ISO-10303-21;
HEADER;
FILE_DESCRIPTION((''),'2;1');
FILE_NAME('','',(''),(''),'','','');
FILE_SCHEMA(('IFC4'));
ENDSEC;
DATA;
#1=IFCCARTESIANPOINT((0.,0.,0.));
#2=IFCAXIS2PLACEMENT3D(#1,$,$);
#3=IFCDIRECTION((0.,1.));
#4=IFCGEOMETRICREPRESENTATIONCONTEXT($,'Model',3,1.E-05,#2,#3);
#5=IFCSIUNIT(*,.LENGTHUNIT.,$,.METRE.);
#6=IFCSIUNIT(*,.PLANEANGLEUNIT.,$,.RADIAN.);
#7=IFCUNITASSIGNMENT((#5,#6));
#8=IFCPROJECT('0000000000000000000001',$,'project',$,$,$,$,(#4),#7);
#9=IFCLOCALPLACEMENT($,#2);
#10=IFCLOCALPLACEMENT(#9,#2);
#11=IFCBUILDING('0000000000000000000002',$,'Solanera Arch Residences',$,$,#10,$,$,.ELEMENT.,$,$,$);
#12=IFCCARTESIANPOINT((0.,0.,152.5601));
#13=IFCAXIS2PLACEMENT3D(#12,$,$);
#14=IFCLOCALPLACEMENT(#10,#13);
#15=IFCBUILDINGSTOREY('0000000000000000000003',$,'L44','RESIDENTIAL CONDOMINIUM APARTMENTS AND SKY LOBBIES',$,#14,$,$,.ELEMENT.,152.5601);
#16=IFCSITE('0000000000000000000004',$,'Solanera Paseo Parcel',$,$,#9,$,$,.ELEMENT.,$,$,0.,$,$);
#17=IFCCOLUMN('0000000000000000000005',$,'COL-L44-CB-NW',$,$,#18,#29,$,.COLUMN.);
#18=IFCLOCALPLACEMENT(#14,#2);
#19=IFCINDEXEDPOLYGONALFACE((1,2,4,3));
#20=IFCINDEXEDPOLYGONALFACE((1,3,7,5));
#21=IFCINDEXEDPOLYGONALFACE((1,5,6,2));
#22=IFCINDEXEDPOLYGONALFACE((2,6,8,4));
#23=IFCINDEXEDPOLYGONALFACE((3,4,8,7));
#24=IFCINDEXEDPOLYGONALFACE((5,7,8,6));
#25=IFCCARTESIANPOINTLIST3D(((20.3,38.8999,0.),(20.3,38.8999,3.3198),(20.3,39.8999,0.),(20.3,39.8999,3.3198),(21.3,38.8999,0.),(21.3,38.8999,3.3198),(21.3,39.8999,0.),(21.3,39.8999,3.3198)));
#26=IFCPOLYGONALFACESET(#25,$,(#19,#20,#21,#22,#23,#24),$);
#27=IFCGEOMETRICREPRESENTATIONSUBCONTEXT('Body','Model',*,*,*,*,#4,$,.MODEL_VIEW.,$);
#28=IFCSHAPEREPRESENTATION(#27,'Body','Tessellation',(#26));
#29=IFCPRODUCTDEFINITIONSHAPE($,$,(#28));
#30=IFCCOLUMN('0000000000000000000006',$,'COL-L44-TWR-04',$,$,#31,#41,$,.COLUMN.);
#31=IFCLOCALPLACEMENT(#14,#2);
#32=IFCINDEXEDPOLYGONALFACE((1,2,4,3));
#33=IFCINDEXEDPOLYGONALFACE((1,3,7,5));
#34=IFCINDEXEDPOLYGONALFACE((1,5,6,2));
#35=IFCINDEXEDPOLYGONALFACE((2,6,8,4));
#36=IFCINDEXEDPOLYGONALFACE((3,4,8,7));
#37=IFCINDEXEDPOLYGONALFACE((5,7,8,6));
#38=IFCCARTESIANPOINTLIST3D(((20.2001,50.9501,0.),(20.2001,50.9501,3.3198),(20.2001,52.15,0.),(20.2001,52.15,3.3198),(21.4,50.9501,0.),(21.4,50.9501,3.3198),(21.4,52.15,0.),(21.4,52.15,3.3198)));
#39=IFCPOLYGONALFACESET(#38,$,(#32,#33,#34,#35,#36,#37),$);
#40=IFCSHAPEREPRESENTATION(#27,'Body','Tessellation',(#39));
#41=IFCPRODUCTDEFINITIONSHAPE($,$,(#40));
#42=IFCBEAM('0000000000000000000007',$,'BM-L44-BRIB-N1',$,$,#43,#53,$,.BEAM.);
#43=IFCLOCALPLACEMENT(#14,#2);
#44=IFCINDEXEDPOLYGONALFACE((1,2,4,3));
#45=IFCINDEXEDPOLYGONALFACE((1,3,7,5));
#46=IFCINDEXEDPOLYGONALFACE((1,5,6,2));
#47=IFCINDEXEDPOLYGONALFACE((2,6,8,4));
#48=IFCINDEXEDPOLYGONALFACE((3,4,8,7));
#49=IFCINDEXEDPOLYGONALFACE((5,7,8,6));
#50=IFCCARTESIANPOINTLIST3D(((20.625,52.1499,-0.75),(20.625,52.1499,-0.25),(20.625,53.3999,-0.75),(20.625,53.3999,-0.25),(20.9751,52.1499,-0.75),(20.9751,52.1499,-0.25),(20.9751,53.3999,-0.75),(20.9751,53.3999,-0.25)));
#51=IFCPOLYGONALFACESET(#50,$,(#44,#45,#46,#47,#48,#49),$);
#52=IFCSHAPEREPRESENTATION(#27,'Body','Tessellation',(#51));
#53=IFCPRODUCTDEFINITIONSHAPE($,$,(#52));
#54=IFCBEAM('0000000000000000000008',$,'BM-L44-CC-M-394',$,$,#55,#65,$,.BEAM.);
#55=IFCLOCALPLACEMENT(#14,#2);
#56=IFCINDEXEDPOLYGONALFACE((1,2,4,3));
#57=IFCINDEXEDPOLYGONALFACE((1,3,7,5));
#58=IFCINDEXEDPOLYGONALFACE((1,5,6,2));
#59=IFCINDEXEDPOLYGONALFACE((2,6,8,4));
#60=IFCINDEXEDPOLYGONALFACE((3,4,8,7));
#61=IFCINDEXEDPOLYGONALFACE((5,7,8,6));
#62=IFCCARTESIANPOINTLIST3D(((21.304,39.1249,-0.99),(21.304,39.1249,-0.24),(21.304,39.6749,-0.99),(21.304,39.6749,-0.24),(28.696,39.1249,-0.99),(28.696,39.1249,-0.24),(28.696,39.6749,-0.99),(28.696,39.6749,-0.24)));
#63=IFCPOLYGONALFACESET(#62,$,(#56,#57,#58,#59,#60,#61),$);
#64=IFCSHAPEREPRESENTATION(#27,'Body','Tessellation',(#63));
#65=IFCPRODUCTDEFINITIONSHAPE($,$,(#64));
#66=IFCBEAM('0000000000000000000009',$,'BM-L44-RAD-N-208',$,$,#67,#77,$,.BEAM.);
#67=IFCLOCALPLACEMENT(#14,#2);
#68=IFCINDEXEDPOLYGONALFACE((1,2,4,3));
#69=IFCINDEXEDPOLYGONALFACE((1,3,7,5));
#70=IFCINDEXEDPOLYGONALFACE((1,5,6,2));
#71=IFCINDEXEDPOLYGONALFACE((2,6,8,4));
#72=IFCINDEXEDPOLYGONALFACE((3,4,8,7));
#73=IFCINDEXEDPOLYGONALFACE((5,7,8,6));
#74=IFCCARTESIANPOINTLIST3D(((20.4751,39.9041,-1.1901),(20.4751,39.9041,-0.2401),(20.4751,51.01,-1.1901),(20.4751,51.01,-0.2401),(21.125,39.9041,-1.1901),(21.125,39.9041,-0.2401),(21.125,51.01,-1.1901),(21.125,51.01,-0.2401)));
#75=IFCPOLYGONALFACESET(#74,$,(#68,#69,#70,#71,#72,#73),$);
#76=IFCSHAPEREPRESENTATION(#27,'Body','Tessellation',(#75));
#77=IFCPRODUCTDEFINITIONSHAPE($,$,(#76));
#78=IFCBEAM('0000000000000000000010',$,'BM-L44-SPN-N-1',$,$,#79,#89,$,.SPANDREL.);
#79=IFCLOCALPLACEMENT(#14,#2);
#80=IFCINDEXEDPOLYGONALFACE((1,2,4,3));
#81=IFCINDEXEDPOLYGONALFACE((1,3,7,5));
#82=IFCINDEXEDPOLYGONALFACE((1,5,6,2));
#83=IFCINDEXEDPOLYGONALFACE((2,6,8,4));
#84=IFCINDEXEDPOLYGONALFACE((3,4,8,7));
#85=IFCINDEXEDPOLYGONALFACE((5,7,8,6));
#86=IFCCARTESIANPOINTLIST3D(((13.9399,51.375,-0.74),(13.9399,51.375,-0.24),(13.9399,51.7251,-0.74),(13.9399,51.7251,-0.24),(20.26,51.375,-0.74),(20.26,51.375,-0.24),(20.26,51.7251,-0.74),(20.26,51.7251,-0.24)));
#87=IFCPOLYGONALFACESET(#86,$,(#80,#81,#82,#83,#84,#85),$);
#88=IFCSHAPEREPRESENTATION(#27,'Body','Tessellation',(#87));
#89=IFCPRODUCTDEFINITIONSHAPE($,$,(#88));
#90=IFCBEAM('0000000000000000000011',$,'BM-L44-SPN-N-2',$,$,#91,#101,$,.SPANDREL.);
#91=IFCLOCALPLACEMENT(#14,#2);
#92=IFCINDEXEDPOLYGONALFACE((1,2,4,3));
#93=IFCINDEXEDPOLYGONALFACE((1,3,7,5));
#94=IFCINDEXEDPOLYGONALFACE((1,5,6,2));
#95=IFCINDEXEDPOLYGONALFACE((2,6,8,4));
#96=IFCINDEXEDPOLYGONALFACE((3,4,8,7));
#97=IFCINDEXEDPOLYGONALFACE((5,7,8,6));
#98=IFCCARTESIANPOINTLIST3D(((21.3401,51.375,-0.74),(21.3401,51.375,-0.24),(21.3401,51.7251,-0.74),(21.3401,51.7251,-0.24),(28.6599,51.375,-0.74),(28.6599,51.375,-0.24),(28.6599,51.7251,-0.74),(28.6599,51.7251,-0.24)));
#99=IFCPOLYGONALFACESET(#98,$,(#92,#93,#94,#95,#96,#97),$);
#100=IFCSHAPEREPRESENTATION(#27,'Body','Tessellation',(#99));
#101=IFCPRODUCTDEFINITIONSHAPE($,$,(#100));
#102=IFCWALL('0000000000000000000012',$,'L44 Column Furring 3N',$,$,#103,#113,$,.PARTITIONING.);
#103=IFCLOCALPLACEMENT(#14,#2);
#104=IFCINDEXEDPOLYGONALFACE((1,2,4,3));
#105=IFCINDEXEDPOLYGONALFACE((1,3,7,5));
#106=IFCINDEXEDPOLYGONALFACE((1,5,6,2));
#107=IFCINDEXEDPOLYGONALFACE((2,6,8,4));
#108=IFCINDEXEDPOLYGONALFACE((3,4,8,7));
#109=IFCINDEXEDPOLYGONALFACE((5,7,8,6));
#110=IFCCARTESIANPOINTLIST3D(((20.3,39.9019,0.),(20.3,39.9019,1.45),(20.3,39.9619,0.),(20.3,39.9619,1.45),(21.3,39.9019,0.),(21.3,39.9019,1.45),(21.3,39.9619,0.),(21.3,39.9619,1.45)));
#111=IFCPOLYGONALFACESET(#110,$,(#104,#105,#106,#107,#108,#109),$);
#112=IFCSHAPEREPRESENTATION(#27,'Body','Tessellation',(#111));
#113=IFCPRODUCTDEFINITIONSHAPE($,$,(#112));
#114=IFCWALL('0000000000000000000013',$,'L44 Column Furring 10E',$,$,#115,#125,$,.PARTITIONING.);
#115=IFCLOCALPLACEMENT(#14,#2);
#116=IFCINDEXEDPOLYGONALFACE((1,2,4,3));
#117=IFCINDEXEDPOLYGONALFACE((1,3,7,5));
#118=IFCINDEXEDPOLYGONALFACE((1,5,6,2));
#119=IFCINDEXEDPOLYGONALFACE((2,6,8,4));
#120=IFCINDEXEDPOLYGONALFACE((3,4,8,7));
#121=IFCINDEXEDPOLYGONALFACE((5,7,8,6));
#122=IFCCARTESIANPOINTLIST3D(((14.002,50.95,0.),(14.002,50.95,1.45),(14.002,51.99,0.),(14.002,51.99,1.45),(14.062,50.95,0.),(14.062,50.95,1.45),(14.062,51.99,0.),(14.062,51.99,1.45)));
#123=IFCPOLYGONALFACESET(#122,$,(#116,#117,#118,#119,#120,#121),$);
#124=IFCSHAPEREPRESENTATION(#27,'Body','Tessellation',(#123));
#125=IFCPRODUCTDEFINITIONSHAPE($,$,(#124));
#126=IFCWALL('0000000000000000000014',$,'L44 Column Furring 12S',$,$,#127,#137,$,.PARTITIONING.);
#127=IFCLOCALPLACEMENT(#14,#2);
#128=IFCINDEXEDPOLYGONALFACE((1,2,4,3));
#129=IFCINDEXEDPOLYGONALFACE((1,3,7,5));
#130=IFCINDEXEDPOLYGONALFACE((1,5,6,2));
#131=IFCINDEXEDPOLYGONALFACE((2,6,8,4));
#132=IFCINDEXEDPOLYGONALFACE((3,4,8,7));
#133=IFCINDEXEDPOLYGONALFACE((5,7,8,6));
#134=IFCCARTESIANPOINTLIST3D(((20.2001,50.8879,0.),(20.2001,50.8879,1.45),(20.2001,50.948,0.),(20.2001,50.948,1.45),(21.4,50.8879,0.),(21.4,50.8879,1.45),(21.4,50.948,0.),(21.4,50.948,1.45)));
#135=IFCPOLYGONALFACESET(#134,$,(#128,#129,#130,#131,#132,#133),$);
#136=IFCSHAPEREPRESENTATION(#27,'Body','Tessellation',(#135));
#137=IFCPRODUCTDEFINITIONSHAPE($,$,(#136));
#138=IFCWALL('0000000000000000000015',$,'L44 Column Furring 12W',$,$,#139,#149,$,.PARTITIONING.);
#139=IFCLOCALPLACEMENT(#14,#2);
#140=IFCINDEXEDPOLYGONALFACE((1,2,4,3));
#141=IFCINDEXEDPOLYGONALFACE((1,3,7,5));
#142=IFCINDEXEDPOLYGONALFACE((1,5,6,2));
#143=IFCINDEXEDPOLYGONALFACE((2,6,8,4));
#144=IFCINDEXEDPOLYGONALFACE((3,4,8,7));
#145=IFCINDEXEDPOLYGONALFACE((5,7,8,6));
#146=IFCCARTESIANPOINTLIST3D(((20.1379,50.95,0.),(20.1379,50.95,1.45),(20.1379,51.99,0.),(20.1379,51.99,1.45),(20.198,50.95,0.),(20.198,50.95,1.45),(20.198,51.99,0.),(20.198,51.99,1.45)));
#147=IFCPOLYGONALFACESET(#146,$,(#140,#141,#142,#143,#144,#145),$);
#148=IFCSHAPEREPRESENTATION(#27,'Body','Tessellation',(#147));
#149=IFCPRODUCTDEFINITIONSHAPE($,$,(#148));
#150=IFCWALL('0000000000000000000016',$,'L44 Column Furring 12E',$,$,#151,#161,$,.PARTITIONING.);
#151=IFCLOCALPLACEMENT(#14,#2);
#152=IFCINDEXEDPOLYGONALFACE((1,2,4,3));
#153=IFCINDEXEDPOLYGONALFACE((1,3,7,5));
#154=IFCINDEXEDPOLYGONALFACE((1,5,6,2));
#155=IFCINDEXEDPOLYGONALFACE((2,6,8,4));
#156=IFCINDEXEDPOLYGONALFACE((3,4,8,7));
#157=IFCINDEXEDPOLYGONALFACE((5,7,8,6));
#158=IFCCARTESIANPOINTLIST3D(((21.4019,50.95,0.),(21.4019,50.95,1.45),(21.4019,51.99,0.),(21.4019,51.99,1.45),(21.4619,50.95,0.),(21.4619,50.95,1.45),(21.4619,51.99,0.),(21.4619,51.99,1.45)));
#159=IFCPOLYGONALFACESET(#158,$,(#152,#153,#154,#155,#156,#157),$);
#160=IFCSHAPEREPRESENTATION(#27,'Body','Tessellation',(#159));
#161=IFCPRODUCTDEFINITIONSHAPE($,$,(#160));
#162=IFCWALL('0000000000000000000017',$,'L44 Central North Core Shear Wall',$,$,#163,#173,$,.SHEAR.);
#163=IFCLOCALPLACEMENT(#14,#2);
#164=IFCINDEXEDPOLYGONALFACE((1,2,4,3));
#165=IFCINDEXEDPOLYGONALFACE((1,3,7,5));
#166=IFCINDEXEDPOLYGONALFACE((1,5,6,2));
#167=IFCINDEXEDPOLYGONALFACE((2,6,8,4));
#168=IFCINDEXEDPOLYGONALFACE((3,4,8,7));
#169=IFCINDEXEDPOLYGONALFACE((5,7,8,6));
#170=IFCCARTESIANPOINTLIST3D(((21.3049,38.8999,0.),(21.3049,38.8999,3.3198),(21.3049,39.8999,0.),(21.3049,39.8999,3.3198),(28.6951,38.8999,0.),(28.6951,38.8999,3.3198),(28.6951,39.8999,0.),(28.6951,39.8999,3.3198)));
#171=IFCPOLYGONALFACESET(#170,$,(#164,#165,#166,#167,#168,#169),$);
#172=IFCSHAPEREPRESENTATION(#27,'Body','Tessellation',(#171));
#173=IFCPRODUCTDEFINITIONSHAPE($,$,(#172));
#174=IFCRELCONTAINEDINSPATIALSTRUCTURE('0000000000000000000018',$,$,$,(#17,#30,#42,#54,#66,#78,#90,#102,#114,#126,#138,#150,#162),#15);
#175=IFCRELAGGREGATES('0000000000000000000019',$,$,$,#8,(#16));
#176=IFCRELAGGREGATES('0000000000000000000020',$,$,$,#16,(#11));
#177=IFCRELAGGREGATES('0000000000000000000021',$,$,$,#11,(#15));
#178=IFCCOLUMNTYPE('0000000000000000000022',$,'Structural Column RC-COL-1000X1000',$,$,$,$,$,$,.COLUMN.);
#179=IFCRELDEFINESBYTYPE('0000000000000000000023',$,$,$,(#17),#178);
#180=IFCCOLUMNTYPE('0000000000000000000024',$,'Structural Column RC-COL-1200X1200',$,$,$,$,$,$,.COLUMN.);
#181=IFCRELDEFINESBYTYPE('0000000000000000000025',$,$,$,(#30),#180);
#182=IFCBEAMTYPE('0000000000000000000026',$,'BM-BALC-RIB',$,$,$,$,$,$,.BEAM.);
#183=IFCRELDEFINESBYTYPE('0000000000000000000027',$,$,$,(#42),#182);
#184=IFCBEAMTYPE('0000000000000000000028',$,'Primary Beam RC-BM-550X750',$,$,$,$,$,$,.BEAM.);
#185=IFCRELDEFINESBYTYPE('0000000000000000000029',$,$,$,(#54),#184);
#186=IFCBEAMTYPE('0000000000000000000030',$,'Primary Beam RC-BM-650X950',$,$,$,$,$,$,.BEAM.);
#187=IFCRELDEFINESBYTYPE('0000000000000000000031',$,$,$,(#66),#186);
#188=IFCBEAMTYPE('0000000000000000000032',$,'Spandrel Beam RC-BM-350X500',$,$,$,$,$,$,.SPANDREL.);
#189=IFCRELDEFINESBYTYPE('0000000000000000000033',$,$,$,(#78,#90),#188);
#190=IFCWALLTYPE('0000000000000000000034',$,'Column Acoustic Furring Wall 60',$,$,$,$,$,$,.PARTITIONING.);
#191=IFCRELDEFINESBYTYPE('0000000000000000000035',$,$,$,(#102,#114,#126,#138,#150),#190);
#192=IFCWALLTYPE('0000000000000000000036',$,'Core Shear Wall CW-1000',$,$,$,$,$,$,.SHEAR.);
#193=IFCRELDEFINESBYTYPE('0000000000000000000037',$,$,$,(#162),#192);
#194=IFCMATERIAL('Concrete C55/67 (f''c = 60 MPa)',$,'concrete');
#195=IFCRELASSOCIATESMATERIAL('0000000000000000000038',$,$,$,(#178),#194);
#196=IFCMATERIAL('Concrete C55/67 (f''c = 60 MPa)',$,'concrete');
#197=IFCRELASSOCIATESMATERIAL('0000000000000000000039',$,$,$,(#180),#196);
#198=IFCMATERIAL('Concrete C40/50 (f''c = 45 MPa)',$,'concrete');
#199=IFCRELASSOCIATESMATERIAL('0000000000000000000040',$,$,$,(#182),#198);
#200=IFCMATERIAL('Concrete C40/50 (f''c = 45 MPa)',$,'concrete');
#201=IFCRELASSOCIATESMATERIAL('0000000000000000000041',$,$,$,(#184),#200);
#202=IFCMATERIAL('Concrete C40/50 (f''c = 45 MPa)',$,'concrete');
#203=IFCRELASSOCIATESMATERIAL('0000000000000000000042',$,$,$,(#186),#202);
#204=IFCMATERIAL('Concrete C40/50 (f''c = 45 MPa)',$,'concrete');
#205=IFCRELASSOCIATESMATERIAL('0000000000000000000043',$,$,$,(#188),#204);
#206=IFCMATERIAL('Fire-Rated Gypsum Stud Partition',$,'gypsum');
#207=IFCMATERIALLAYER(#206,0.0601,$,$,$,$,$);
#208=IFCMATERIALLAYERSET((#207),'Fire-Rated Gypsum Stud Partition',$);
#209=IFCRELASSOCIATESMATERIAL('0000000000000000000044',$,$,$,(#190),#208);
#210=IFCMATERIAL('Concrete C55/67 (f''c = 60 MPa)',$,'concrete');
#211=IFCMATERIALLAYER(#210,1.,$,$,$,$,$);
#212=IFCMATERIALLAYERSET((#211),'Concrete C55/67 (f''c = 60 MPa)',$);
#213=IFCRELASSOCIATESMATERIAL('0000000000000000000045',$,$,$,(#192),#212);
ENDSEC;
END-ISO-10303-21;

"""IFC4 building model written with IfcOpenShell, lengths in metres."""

from ifc_helpers import new_model, si_unit, direction, frame, frame_2d, origin, origin_2d, place, context, subcontext, project, spatial, rectangle, extrude, material, layer, layer_set, material_profile, profile_set, type_object, element, save


model = new_model("IFC4")

# Units and contexts
model_context = context("Model", 3, precision=1e-05, world=origin(), true_north=direction((0.0, 1.0)))
body_context = subcontext(model_context, "Body", "Model", "MODEL_VIEW")
ifc_project = project(units=[si_unit("LENGTHUNIT", "METRE"), si_unit("PLANEANGLEUNIT", "RADIAN")], contexts=[model_context])

# Site, building, storey
site_placement = place(None, origin())
site = spatial("IfcSite", under=ifc_project, at=site_placement, Name="Solanera Paseo Parcel", CompositionType="ELEMENT", RefElevation=0.0)
building_placement = place(site_placement, origin())
building = spatial("IfcBuilding", under=site, at=building_placement, Name="Solanera Arch Residences", CompositionType="ELEMENT")
storey_placement = place(building_placement, frame((0.0, 0.0, 152.5601)))
storey = spatial("IfcBuildingStorey", under=building, at=storey_placement, Name="L44", Description="RESIDENTIAL CONDOMINIUM APARTMENTS AND SKY LOBBIES", CompositionType="ELEMENT", Elevation=152.5601)

# Columns
ifc_material_1 = material(Name="Concrete C55/67 (f'c = 60 MPa)", Category="concrete")
ifc_material_profile_1 = material_profile(ifc_material_1, rectangle(XDim=1.0, YDim=1.0, at=origin_2d()))
ifc_profile_set_1 = profile_set([ifc_material_profile_1], Name="Concrete C55/67 (f'c = 60 MPa)")
column_type_1 = type_object("IfcColumnType", Name="Structural Column RC-COL-1000X1000", PredefinedType="COLUMN", material=ifc_profile_set_1)
column_1_placement = place(storey_placement, frame((20.8, 39.3999, 0.0), z_axis=(0.0, 0.0, 1.0), x_axis=(1.0, 0.0, 0.0)))
element("IfcColumn", 1, at=column_1_placement, inside=storey, type_object=column_type_1, Name="COL-L44-CB-NW", PredefinedType="COLUMN", context=body_context, shape_type="SweptSolid", body=[
    extrude(rectangle(XDim=1.0, YDim=1.0, at=origin_2d()), origin(), (0.0, 0.0, 1.0), 3.3198),
])
ifc_material_2 = material(Name="Concrete C55/67 (f'c = 60 MPa)", Category="concrete")
ifc_material_profile_2 = material_profile(ifc_material_2, rectangle(XDim=1.2, YDim=1.2, at=origin_2d()))
ifc_profile_set_2 = profile_set([ifc_material_profile_2], Name="Concrete C55/67 (f'c = 60 MPa)")
column_type_2 = type_object("IfcColumnType", Name="Structural Column RC-COL-1200X1200", PredefinedType="COLUMN", material=ifc_profile_set_2)
column_2_placement = place(storey_placement, frame((20.8, 51.55, 0.0), z_axis=(0.0, 0.0, 1.0), x_axis=(1.0, 0.0, 0.0)))
element("IfcColumn", 2, at=column_2_placement, inside=storey, type_object=column_type_2, Name="COL-L44-TWR-04", PredefinedType="COLUMN", context=body_context, shape_type="SweptSolid", body=[
    extrude(rectangle(XDim=1.2, YDim=1.2, at=origin_2d()), origin(), (0.0, 0.0, 1.0), 3.3198),
])

# Beams
ifc_material_3 = material(Name="Concrete C40/50 (f'c = 45 MPa)", Category="concrete")
ifc_material_profile_3 = material_profile(ifc_material_3, rectangle(XDim=0.3501, YDim=0.5, at=origin_2d()))
ifc_profile_set_3 = profile_set([ifc_material_profile_3], Name="Concrete C40/50 (f'c = 45 MPa)")
beam_type_1 = type_object("IfcBeamType", Name="BM-BALC-RIB", PredefinedType="BEAM", material=ifc_profile_set_3)
beam_1_placement = place(storey_placement, frame((20.8, 52.1499, -0.5), z_axis=(0.0, 1.0, 0.0), x_axis=(-1.0, 0.0, 0.0)))
element("IfcBeam", 3, at=beam_1_placement, inside=storey, type_object=beam_type_1, Name="BM-L44-BRIB-N1", PredefinedType="BEAM", context=body_context, shape_type="SweptSolid", body=[
    extrude(rectangle(XDim=0.3501, YDim=0.5, at=origin_2d()), origin(), (0.0, 0.0, 1.0), 1.25),
])
ifc_material_4 = material(Name="Concrete C40/50 (f'c = 45 MPa)", Category="concrete")
ifc_material_profile_4 = material_profile(ifc_material_4, rectangle(XDim=0.55, YDim=0.75, at=origin_2d()))
ifc_profile_set_4 = profile_set([ifc_material_profile_4], Name="Concrete C40/50 (f'c = 45 MPa)")
beam_type_2 = type_object("IfcBeamType", Name="Primary Beam RC-BM-550X750", PredefinedType="BEAM", material=ifc_profile_set_4)
beam_2_placement = place(storey_placement, frame((21.304, 39.3999, -0.615), z_axis=(1.0, 0.0, 0.0), x_axis=(0.0, 1.0, 0.0)))
element("IfcBeam", 4, at=beam_2_placement, inside=storey, type_object=beam_type_2, Name="BM-L44-CC-M-394", PredefinedType="BEAM", context=body_context, shape_type="SweptSolid", body=[
    extrude(rectangle(XDim=0.55, YDim=0.75, at=origin_2d()), origin(), (0.0, 0.0, 1.0), 7.3921),
])
ifc_material_5 = material(Name="Concrete C40/50 (f'c = 45 MPa)", Category="concrete")
ifc_material_profile_5 = material_profile(ifc_material_5, rectangle(XDim=0.6499, YDim=0.95, at=origin_2d()))
ifc_profile_set_5 = profile_set([ifc_material_profile_5], Name="Concrete C40/50 (f'c = 45 MPa)")
beam_type_3 = type_object("IfcBeamType", Name="Primary Beam RC-BM-650X950", PredefinedType="BEAM", material=ifc_profile_set_5)
beam_3_placement = place(storey_placement, frame((20.8, 39.9041, -0.7151), z_axis=(0.0, 1.0, 0.0), x_axis=(-1.0, 0.0, 0.0)))
element("IfcBeam", 5, at=beam_3_placement, inside=storey, type_object=beam_type_3, Name="BM-L44-RAD-N-208", PredefinedType="BEAM", context=body_context, shape_type="SweptSolid", body=[
    extrude(rectangle(XDim=0.6499, YDim=0.95, at=origin_2d()), origin(), (0.0, 0.0, 1.0), 11.106),
])
ifc_material_6 = material(Name="Concrete C40/50 (f'c = 45 MPa)", Category="concrete")
ifc_material_profile_6 = material_profile(ifc_material_6, rectangle(XDim=0.3501, YDim=0.5, at=origin_2d()))
ifc_profile_set_6 = profile_set([ifc_material_profile_6], Name="Concrete C40/50 (f'c = 45 MPa)")
beam_type_4 = type_object("IfcBeamType", Name="Spandrel Beam RC-BM-350X500", PredefinedType="SPANDREL", material=ifc_profile_set_6)
beam_4_placement = place(storey_placement, frame((13.9399, 51.55, -0.49), z_axis=(1.0, 0.0, 0.0), x_axis=(0.0, 1.0, 0.0)))
element("IfcBeam", 6, at=beam_4_placement, inside=storey, type_object=beam_type_4, Name="BM-L44-SPN-N-1", PredefinedType="SPANDREL", context=body_context, shape_type="SweptSolid", body=[
    extrude(rectangle(XDim=0.3501, YDim=0.5, at=origin_2d()), origin(), (0.0, 0.0, 1.0), 6.3201),
])
beam_5_placement = place(storey_placement, frame((21.3401, 51.55, -0.49), z_axis=(1.0, 0.0, 0.0), x_axis=(0.0, 1.0, 0.0)))
element("IfcBeam", 7, at=beam_5_placement, inside=storey, type_object=beam_type_4, Name="BM-L44-SPN-N-2", PredefinedType="SPANDREL", context=body_context, shape_type="SweptSolid", body=[
    extrude(rectangle(XDim=0.3501, YDim=0.5, at=origin_2d()), origin(), (0.0, 0.0, 1.0), 7.3198),
])

# Walls
ifc_material_7 = material(Name="Fire-Rated Gypsum Stud Partition", Category="gypsum")
ifc_layer_1 = layer(ifc_material_7, 0.0601)
ifc_layer_set_1 = layer_set([ifc_layer_1], Name="Fire-Rated Gypsum Stud Partition")
wall_type_1 = type_object("IfcWallType", Name="Column Acoustic Furring Wall 60", PredefinedType="PARTITIONING", material=ifc_layer_set_1)
wall_1_placement = place(storey_placement, frame((20.3, 39.9319, 0.0), z_axis=(0.0, 0.0, 1.0), x_axis=(1.0, 0.0, 0.0)))
element("IfcWall", 8, at=wall_1_placement, inside=storey, type_object=wall_type_1, Name="L44 Column Furring 3N", PredefinedType="PARTITIONING", context=body_context, shape_type="SweptSolid", body=[
    extrude(rectangle(XDim=1.0, YDim=0.0601, at=frame_2d((0.5, 0.0))), origin(), (0.0, 0.0, 1.0), 1.45),
])
wall_2_placement = place(storey_placement, frame((14.032, 50.95, 0.0), z_axis=(0.0, 0.0, 1.0), x_axis=(0.0, 1.0, 0.0)))
element("IfcWall", 9, at=wall_2_placement, inside=storey, type_object=wall_type_1, Name="L44 Column Furring 10E", PredefinedType="PARTITIONING", context=body_context, shape_type="SweptSolid", body=[
    extrude(rectangle(XDim=1.04, YDim=0.0601, at=frame_2d((0.52, 0.0))), origin(), (0.0, 0.0, 1.0), 1.45),
])
wall_3_placement = place(storey_placement, frame((20.2, 50.918, 0.0), z_axis=(0.0, 0.0, 1.0), x_axis=(1.0, 0.0, 0.0)))
element("IfcWall", 10, at=wall_3_placement, inside=storey, type_object=wall_type_1, Name="L44 Column Furring 12S", PredefinedType="PARTITIONING", context=body_context, shape_type="SweptSolid", body=[
    extrude(rectangle(XDim=1.2, YDim=0.0601, at=frame_2d((0.6001, 0.0))), origin(), (0.0, 0.0, 1.0), 1.45),
])
for number, where, z_axis, x_axis, name in (
    (11, (20.168, 50.95, 0.0), (0.0, 0.0, 1.0), (0.0, 1.0, 0.0), "L44 Column Furring 12W"),
    (12, (21.4319, 50.95, 0.0), (0.0, 0.0, 1.0), (0.0, 1.0, 0.0), "L44 Column Furring 12E"),
):
    element("IfcWall", number, at=place(storey_placement, frame(where, z_axis=z_axis, x_axis=x_axis)), inside=storey, type_object=wall_type_1, Name=name, PredefinedType="PARTITIONING", context=body_context, shape_type="SweptSolid", body=[
        extrude(rectangle(XDim=1.04, YDim=0.0601, at=frame_2d((0.52, 0.0))), origin(), (0.0, 0.0, 1.0), 1.45),
    ])
ifc_material_8 = material(Name="Concrete C55/67 (f'c = 60 MPa)", Category="concrete")
ifc_layer_2 = layer(ifc_material_8, 1.0)
ifc_layer_set_2 = layer_set([ifc_layer_2], Name="Concrete C55/67 (f'c = 60 MPa)")
wall_type_2 = type_object("IfcWallType", Name="Core Shear Wall CW-1000", PredefinedType="SHEAR", material=ifc_layer_set_2)
wall_4_placement = place(storey_placement, frame((21.3049, 39.3999, 0.0), z_axis=(0.0, 0.0, 1.0), x_axis=(1.0, 0.0, 0.0)))
element("IfcWall", 13, at=wall_4_placement, inside=storey, type_object=wall_type_2, Name="L44 Central North Core Shear Wall", PredefinedType="SHEAR", context=body_context, shape_type="SweptSolid", body=[
    extrude(rectangle(XDim=7.3901, YDim=1.0, at=frame_2d((3.6951, 0.0))), origin(), (0.0, 0.0, 1.0), 3.3198),
])

save(model, "model.ifc")
